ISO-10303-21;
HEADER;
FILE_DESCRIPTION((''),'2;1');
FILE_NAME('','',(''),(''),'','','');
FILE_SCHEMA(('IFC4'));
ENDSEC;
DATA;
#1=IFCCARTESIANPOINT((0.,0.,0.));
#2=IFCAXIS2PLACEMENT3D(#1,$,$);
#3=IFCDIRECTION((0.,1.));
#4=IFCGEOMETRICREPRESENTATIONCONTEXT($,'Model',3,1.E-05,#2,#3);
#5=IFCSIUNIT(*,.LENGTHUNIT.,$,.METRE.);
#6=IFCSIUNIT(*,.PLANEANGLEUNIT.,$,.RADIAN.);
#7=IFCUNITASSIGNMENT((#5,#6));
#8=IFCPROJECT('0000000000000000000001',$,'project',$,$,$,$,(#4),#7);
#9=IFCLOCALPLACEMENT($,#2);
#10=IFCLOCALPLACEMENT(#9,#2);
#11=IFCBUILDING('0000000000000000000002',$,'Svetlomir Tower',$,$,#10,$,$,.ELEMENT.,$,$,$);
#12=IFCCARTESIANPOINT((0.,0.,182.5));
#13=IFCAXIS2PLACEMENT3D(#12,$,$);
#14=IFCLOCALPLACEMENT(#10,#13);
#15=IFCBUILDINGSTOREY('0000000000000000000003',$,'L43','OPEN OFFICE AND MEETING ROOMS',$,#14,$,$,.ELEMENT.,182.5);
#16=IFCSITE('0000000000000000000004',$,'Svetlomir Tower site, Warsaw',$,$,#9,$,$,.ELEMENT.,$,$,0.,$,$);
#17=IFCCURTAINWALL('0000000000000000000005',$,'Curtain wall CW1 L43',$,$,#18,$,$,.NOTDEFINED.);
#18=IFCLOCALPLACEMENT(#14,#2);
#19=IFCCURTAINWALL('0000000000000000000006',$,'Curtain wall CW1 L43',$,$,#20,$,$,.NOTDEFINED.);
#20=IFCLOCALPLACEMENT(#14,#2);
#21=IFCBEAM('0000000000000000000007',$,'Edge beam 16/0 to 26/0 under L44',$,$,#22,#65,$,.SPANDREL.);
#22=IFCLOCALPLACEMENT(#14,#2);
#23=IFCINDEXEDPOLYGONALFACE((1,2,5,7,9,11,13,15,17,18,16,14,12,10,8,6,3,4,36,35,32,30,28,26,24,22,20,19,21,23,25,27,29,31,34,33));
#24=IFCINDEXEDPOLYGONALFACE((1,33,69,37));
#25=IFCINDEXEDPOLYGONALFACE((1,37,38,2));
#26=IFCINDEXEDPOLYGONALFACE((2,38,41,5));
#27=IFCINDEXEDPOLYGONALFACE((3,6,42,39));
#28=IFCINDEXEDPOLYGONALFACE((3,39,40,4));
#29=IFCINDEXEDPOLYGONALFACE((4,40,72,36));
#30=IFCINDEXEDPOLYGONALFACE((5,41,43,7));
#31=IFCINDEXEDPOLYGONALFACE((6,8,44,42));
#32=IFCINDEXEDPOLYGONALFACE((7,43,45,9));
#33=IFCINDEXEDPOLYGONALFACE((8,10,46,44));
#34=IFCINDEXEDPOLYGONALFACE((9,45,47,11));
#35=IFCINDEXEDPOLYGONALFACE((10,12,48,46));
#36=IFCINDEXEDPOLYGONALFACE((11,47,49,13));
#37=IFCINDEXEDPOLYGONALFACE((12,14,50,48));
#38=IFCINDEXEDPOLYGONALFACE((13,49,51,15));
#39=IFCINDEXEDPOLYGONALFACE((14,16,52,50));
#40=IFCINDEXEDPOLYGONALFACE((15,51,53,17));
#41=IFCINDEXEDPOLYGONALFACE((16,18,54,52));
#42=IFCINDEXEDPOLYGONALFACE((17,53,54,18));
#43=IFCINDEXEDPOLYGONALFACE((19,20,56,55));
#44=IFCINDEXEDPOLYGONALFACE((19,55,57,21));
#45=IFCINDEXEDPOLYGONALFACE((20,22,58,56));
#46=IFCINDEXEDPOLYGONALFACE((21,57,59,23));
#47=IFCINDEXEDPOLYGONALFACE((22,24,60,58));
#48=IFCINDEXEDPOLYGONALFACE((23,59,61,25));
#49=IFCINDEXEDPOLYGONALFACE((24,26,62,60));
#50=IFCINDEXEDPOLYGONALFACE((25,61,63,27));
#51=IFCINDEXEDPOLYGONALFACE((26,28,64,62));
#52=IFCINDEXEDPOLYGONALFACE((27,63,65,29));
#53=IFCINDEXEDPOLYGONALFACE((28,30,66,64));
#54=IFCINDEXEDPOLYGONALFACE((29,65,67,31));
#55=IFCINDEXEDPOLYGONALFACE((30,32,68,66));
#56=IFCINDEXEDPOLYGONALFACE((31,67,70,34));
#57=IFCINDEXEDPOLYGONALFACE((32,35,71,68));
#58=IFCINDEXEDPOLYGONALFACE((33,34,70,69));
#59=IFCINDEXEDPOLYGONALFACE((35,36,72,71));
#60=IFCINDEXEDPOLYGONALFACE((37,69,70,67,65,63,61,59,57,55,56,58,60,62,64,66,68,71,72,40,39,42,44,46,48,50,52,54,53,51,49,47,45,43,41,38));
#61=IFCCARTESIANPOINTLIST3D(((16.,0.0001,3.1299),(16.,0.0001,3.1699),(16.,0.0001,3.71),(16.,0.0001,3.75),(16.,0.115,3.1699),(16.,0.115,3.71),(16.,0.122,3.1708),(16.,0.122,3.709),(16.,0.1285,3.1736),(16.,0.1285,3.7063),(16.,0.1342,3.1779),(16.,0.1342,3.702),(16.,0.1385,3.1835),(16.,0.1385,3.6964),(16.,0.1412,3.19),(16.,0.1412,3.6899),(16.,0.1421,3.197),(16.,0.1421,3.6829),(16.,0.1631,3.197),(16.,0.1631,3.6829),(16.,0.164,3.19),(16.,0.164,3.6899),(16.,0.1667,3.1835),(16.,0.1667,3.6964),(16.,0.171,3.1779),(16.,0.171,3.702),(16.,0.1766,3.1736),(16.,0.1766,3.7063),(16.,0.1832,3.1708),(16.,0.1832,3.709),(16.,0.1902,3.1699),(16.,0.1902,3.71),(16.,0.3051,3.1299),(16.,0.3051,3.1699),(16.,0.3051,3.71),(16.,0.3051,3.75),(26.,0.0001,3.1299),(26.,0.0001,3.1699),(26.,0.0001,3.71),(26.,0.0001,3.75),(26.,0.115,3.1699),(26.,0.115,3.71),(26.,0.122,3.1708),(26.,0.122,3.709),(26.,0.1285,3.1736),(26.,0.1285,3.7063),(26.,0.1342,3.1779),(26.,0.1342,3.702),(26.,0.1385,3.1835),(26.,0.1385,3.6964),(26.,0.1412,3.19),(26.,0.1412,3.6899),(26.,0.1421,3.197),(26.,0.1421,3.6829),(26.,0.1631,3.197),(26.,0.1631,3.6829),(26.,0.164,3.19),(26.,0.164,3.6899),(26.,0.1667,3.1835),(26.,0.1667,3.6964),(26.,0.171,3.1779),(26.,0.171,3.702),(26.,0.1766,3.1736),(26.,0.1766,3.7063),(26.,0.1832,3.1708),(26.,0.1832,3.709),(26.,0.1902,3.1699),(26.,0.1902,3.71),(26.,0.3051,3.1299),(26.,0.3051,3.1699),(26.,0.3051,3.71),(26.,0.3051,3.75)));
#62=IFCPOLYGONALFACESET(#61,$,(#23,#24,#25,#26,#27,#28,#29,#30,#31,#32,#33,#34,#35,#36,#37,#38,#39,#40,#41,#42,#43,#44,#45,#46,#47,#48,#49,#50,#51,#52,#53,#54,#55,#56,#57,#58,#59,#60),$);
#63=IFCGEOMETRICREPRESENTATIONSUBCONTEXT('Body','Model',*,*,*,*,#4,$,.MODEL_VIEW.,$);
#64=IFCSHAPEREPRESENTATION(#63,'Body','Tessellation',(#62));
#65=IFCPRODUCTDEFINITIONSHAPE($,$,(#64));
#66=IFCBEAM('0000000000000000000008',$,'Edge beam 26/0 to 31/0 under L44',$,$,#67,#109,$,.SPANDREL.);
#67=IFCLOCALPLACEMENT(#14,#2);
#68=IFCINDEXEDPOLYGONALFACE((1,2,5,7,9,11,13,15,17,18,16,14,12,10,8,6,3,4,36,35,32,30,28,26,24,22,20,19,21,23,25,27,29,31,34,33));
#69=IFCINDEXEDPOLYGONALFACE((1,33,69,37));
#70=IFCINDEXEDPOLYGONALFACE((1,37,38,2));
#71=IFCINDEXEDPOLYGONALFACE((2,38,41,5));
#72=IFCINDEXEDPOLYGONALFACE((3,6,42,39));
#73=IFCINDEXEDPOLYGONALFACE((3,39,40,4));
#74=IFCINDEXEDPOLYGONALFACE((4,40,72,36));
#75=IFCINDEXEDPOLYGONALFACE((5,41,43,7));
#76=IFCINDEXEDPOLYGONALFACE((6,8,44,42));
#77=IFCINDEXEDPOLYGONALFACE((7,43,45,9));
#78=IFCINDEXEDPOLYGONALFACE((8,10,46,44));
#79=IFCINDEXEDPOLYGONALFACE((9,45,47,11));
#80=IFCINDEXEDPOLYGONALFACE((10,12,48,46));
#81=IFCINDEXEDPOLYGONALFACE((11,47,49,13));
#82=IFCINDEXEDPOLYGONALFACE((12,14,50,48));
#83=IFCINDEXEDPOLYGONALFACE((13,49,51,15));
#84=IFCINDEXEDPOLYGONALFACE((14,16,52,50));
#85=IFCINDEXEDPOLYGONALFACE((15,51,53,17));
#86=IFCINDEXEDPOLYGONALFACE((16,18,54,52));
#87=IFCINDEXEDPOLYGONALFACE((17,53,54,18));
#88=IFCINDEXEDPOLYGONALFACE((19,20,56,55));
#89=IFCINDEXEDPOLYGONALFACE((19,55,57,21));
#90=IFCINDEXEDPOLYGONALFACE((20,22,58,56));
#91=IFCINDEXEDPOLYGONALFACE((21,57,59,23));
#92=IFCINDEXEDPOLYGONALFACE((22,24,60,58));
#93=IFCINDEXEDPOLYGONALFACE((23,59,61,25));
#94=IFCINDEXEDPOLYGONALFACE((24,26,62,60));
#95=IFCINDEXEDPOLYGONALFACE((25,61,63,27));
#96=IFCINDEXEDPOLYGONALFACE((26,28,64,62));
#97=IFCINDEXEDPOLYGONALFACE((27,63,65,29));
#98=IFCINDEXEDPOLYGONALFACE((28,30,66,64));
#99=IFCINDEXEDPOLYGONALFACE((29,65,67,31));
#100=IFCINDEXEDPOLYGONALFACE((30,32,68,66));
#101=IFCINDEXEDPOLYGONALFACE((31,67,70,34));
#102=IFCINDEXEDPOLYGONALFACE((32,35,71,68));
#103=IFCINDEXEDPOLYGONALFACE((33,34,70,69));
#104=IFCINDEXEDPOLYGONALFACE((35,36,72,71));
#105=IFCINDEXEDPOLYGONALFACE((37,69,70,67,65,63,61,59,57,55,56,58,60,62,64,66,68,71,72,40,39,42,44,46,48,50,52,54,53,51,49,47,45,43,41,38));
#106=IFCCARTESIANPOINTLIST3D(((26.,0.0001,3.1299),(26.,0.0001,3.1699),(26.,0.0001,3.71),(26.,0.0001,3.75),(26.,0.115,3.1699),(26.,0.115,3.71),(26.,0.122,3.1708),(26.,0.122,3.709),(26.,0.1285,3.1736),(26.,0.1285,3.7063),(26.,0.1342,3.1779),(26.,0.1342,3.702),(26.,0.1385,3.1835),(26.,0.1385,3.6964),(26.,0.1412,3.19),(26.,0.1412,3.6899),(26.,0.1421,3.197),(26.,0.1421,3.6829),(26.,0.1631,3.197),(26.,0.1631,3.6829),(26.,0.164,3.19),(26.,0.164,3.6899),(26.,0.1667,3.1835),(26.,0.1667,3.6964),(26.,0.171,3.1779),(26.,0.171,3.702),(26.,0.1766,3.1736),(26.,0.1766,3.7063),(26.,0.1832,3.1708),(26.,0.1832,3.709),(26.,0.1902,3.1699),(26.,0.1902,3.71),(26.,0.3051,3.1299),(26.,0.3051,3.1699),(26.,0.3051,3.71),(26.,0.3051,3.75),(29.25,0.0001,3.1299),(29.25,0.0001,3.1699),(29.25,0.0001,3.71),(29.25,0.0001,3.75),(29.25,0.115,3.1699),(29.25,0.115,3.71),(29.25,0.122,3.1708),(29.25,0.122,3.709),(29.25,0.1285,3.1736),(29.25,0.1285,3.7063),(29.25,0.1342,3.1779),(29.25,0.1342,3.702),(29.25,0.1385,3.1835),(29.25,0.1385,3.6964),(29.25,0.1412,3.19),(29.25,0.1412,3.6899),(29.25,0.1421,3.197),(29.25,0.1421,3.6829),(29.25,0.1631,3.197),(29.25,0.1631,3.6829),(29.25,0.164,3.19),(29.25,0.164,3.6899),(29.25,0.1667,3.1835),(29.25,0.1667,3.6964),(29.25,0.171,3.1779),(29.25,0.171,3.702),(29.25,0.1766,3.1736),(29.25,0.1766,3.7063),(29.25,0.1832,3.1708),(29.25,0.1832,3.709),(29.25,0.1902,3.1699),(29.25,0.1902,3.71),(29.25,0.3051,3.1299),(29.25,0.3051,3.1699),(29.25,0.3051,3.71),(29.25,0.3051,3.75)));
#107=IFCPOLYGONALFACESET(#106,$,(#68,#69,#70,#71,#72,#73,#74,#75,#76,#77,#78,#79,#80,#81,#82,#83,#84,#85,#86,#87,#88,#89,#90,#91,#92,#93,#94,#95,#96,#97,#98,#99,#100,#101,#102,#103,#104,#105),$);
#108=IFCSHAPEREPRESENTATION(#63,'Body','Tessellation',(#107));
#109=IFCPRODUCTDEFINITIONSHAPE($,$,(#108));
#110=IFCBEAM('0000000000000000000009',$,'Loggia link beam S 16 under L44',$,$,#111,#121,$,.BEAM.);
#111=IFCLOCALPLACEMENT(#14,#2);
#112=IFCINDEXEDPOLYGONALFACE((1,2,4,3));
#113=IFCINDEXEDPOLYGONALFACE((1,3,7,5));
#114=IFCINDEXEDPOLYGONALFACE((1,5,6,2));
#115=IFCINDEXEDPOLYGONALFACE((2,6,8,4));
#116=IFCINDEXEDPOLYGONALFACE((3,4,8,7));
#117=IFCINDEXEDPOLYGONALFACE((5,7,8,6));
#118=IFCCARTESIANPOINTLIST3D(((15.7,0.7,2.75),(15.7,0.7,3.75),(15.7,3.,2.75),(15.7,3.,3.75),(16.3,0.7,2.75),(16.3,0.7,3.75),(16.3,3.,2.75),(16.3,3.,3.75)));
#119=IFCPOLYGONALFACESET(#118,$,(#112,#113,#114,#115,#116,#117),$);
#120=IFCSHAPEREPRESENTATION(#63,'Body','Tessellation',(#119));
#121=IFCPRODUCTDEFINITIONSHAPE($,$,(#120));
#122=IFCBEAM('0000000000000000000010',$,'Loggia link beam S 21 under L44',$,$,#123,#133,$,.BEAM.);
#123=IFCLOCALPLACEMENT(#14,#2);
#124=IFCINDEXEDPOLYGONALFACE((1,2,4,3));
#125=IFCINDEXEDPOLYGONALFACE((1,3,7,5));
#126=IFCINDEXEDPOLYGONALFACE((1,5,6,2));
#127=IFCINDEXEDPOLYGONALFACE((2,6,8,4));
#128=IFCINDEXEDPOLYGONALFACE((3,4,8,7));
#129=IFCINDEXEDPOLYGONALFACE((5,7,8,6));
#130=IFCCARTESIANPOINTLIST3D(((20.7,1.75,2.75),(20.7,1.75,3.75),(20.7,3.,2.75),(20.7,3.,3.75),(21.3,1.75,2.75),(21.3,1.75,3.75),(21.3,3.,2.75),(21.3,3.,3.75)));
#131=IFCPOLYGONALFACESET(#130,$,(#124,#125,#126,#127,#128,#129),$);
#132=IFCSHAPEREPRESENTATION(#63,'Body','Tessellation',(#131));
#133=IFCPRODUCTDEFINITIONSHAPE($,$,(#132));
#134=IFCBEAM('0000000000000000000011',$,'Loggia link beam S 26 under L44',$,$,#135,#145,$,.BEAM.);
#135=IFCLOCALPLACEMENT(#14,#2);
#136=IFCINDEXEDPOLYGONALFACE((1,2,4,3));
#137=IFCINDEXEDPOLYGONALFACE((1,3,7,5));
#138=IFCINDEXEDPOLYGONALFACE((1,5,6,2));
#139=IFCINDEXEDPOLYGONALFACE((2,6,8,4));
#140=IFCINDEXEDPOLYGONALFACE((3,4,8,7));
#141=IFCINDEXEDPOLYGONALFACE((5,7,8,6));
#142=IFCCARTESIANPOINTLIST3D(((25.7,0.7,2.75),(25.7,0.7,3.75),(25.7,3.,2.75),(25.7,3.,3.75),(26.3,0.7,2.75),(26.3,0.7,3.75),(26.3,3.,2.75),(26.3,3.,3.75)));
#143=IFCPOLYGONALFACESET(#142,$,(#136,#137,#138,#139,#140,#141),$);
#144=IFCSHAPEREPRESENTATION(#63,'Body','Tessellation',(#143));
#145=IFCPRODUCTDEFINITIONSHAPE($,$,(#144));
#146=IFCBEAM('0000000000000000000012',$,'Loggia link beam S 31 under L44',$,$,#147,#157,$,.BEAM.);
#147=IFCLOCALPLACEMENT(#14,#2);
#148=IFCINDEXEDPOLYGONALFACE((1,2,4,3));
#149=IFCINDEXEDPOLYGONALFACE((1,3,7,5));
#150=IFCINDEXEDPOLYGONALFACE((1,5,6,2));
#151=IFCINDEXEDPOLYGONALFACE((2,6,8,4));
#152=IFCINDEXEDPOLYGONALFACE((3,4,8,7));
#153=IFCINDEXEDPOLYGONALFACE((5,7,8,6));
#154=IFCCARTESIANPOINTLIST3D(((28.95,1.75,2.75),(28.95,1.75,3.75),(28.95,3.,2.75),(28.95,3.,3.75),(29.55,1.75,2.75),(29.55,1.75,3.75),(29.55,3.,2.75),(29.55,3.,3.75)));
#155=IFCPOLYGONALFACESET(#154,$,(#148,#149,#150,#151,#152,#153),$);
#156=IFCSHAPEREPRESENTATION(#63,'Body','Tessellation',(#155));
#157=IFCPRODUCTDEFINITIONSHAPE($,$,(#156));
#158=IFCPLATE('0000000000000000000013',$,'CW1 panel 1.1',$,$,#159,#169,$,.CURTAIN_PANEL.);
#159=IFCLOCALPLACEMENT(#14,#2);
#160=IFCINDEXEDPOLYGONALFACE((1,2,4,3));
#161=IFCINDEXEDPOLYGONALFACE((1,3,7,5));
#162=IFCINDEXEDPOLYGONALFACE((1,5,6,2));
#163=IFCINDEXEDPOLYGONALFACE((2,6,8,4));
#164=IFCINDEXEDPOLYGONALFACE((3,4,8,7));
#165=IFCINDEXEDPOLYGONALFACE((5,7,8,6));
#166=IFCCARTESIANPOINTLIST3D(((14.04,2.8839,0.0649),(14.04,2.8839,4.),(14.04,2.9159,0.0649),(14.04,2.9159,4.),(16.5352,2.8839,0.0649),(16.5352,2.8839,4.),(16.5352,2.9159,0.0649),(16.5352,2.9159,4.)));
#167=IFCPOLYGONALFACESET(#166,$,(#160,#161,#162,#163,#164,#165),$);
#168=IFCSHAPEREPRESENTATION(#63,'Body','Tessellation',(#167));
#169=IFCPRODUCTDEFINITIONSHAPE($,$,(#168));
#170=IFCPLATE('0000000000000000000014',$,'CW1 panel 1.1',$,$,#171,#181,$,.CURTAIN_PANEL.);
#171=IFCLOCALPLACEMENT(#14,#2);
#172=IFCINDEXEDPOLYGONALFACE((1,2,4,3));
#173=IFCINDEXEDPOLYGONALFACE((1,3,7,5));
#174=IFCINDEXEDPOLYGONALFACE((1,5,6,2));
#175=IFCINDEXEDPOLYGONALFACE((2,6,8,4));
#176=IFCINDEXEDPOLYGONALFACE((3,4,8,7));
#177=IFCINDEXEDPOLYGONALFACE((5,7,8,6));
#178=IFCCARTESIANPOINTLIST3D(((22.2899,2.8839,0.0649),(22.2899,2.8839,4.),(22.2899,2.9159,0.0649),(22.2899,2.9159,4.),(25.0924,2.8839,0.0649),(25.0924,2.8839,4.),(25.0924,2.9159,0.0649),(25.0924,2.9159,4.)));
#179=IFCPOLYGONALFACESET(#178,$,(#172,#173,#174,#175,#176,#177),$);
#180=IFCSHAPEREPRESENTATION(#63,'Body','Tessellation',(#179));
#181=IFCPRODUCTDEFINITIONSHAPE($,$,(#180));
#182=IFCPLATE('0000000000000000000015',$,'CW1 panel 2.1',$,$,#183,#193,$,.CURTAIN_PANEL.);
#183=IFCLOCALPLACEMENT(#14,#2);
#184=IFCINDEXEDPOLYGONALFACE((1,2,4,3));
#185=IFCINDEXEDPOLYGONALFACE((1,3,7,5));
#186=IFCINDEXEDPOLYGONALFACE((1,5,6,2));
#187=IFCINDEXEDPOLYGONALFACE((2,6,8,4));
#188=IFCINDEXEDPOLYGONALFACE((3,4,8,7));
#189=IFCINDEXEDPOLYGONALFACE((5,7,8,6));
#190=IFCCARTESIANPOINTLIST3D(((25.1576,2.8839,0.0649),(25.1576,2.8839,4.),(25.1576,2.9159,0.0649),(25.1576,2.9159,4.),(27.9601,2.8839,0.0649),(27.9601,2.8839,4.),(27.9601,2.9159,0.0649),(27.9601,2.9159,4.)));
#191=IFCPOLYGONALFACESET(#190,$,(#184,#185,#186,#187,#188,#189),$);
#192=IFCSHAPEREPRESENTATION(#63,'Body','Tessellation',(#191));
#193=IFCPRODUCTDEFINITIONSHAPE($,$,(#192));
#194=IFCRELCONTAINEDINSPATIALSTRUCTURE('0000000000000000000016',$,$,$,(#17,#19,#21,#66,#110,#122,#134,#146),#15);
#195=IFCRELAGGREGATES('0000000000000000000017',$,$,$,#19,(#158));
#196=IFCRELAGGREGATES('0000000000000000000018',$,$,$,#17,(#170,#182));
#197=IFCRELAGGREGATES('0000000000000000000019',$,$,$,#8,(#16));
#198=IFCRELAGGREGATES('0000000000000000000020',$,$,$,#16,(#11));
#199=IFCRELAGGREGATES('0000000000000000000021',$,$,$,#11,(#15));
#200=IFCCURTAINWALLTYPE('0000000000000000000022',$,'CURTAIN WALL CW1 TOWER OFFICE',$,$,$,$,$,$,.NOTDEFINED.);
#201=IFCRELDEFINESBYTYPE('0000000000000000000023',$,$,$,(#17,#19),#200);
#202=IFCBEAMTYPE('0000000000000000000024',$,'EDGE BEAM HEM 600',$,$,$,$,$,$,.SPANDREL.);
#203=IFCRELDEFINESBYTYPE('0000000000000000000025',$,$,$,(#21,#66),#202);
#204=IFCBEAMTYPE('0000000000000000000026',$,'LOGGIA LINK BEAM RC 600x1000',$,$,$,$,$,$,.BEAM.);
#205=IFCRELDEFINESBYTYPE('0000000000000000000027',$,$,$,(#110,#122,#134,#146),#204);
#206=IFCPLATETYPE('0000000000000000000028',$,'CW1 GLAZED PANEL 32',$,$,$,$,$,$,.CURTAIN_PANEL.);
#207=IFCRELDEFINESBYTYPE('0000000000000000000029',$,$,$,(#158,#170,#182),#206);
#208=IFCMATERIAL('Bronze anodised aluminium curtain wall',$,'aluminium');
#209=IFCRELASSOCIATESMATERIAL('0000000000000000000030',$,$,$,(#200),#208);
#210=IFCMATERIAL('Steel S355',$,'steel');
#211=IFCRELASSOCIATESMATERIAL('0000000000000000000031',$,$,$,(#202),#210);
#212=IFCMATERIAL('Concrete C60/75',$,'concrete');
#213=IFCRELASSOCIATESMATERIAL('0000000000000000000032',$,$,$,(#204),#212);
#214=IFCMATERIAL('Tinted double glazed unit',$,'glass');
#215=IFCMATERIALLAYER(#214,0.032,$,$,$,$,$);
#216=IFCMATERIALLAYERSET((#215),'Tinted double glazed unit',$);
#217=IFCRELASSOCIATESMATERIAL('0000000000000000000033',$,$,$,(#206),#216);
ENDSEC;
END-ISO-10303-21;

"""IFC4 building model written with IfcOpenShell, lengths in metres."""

from ifc_helpers import new_model, si_unit, direction, frame, origin, origin_2d, place, context, subcontext, project, spatial, rectangle, i_section, extrude, material, layer, layer_set, material_profile, profile_set, type_object, element, aggregate, save


model = new_model("IFC4")

# Units and contexts
model_context = context("Model", 3, precision=1e-05, world=origin(), true_north=direction((0.0, 1.0)))
body_context = subcontext(model_context, "Body", "Model", "MODEL_VIEW")
ifc_project = project(units=[si_unit("LENGTHUNIT", "METRE"), si_unit("PLANEANGLEUNIT", "RADIAN")], contexts=[model_context])

# Site, building, storey
site_placement = place(None, origin())
site = spatial("IfcSite", under=ifc_project, at=site_placement, Name="Svetlomir Tower site, Warsaw", CompositionType="ELEMENT", RefElevation=0.0)
building_placement = place(site_placement, origin())
building = spatial("IfcBuilding", under=site, at=building_placement, Name="Svetlomir Tower", CompositionType="ELEMENT")
storey_placement = place(building_placement, frame((0.0, 0.0, 182.5)))
storey = spatial("IfcBuildingStorey", under=building, at=storey_placement, Name="L43", Description="OPEN OFFICE AND MEETING ROOMS", CompositionType="ELEMENT", Elevation=182.5)

# Curtain wall
ifc_material_1 = material(Name="Bronze anodised aluminium curtain wall", Category="aluminium")
curtain_wall_type = type_object("IfcCurtainWallType", Name="CURTAIN WALL CW1 TOWER OFFICE", PredefinedType="NOTDEFINED", material=ifc_material_1)
curtain_wall_1_placement = place(storey_placement, origin())
curtain_wall_1 = element("IfcCurtainWall", 1, at=curtain_wall_1_placement, inside=storey, type_object=curtain_wall_type, Name="Curtain wall CW1 L43", PredefinedType="NOTDEFINED")

# Curtain wall
curtain_wall_2_placement = place(storey_placement, origin())
curtain_wall_2 = element("IfcCurtainWall", 2, at=curtain_wall_2_placement, inside=storey, type_object=curtain_wall_type, Name="Curtain wall CW1 L43", PredefinedType="NOTDEFINED")

# Beams
ifc_material_2 = material(Name="Steel S355", Category="steel")
ifc_material_profile_1 = material_profile(ifc_material_2, i_section(OverallWidth=0.3049, OverallDepth=0.6201, WebThickness=0.021, FlangeThickness=0.04, FilletRadius=0.0271, at=origin_2d()), Name="HEM 600")
ifc_profile_set_1 = profile_set([ifc_material_profile_1], Name="Steel S355")
beam_type_1 = type_object("IfcBeamType", Name="EDGE BEAM HEM 600", PredefinedType="SPANDREL", material=ifc_profile_set_1)
beam_1_placement = place(storey_placement, frame((16.0, 0.1526, 3.4399), z_axis=(1.0, 0.0, 0.0), x_axis=(0.0, 1.0, 0.0)))
element("IfcBeam", 3, at=beam_1_placement, inside=storey, type_object=beam_type_1, Name="Edge beam 16/0 to 26/0 under L44", PredefinedType="SPANDREL", context=body_context, shape_type="SweptSolid", body=[
    extrude(i_section(OverallWidth=0.3049, OverallDepth=0.6201, WebThickness=0.021, FlangeThickness=0.04, FilletRadius=0.0271, at=origin_2d()), origin(), (0.0, 0.0, 1.0), 10.0),
])
beam_2_placement = place(storey_placement, frame((26.0, 0.1526, 3.4399), z_axis=(1.0, 0.0, 0.0), x_axis=(0.0, 1.0, 0.0)))
element("IfcBeam", 4, at=beam_2_placement, inside=storey, type_object=beam_type_1, Name="Edge beam 26/0 to 31/0 under L44", PredefinedType="SPANDREL", context=body_context, shape_type="SweptSolid", body=[
    extrude(i_section(OverallWidth=0.3049, OverallDepth=0.6201, WebThickness=0.021, FlangeThickness=0.04, FilletRadius=0.0271, at=origin_2d()), origin(), (0.0, 0.0, 1.0), 3.25),
])
ifc_material_3 = material(Name="Concrete C60/75", Category="concrete")
ifc_material_profile_2 = material_profile(ifc_material_3, rectangle(XDim=0.6001, YDim=1.0, at=origin_2d()), Name="RC 600x1000")
ifc_profile_set_2 = profile_set([ifc_material_profile_2], Name="Concrete C60/75")
beam_type_2 = type_object("IfcBeamType", Name="LOGGIA LINK BEAM RC 600x1000", PredefinedType="BEAM", material=ifc_profile_set_2)
beam_3_placement = place(storey_placement, frame((16.0, 0.7, 3.25), z_axis=(0.0, 1.0, 0.0), x_axis=(-1.0, 0.0, 0.0)))
element("IfcBeam", 5, at=beam_3_placement, inside=storey, type_object=beam_type_2, Name="Loggia link beam S 16 under L44", PredefinedType="BEAM", context=body_context, shape_type="SweptSolid", body=[
    extrude(rectangle(XDim=0.6001, YDim=1.0, at=origin_2d()), origin(), (0.0, 0.0, 1.0), 2.3),
])
beam_4_placement = place(storey_placement, frame((21.0, 1.75, 3.25), z_axis=(0.0, 1.0, 0.0), x_axis=(-1.0, 0.0, 0.0)))
element("IfcBeam", 6, at=beam_4_placement, inside=storey, type_object=beam_type_2, Name="Loggia link beam S 21 under L44", PredefinedType="BEAM", context=body_context, shape_type="SweptSolid", body=[
    extrude(rectangle(XDim=0.6001, YDim=1.0, at=origin_2d()), origin(), (0.0, 0.0, 1.0), 1.25),
])
beam_5_placement = place(storey_placement, frame((26.0, 0.7, 3.25), z_axis=(0.0, 1.0, 0.0), x_axis=(-1.0, 0.0, 0.0)))
element("IfcBeam", 7, at=beam_5_placement, inside=storey, type_object=beam_type_2, Name="Loggia link beam S 26 under L44", PredefinedType="BEAM", context=body_context, shape_type="SweptSolid", body=[
    extrude(rectangle(XDim=0.6001, YDim=1.0, at=origin_2d()), origin(), (0.0, 0.0, 1.0), 2.3),
])
beam_6_placement = place(storey_placement, frame((29.25, 1.75, 3.25), z_axis=(0.0, 1.0, 0.0), x_axis=(-1.0, 0.0, 0.0)))
element("IfcBeam", 8, at=beam_6_placement, inside=storey, type_object=beam_type_2, Name="Loggia link beam S 31 under L44", PredefinedType="BEAM", context=body_context, shape_type="SweptSolid", body=[
    extrude(rectangle(XDim=0.6001, YDim=1.0, at=origin_2d()), origin(), (0.0, 0.0, 1.0), 1.25),
])

# Plates
ifc_material_4 = material(Name="Tinted double glazed unit", Category="glass")
ifc_layer_1 = layer(ifc_material_4, 0.032)
ifc_layer_set_1 = layer_set([ifc_layer_1], Name="Tinted double glazed unit")
plate_type = type_object("IfcPlateType", Name="CW1 GLAZED PANEL 32", PredefinedType="CURTAIN_PANEL", material=ifc_layer_set_1)
plate_1_placement = place(storey_placement, frame((15.2876, 2.8999, 0.0649), z_axis=(0.0, 0.0, 1.0), x_axis=(1.0, 0.0, 0.0)))
plate_1 = element("IfcPlate", 9, at=plate_1_placement, type_object=plate_type, Name="CW1 panel 1.1", PredefinedType="CURTAIN_PANEL", context=body_context, shape_type="SweptSolid", body=[
    extrude(rectangle(XDim=2.4951, YDim=0.032, at=origin_2d()), origin(), (0.0, 0.0, 1.0), 3.9351),
])
aggregate(curtain_wall_2, [plate_1])
plate_2_placement = place(storey_placement, frame((23.6912, 2.8999, 0.0649), z_axis=(0.0, 0.0, 1.0), x_axis=(1.0, 0.0, 0.0)))
plate_2 = element("IfcPlate", 10, at=plate_2_placement, type_object=plate_type, Name="CW1 panel 1.1", PredefinedType="CURTAIN_PANEL", context=body_context, shape_type="SweptSolid", body=[
    extrude(rectangle(XDim=2.8025, YDim=0.032, at=origin_2d()), origin(), (0.0, 0.0, 1.0), 3.9351),
])
plate_3_placement = place(storey_placement, frame((26.5588, 2.8999, 0.0649), z_axis=(0.0, 0.0, 1.0), x_axis=(1.0, 0.0, 0.0)))
plate_3 = element("IfcPlate", 11, at=plate_3_placement, type_object=plate_type, Name="CW1 panel 2.1", PredefinedType="CURTAIN_PANEL", context=body_context, shape_type="SweptSolid", body=[
    extrude(rectangle(XDim=2.8025, YDim=0.032, at=origin_2d()), origin(), (0.0, 0.0, 1.0), 3.9351),
])
aggregate(curtain_wall_1, [plate_2, plate_3])

save(model, "model.ifc")
